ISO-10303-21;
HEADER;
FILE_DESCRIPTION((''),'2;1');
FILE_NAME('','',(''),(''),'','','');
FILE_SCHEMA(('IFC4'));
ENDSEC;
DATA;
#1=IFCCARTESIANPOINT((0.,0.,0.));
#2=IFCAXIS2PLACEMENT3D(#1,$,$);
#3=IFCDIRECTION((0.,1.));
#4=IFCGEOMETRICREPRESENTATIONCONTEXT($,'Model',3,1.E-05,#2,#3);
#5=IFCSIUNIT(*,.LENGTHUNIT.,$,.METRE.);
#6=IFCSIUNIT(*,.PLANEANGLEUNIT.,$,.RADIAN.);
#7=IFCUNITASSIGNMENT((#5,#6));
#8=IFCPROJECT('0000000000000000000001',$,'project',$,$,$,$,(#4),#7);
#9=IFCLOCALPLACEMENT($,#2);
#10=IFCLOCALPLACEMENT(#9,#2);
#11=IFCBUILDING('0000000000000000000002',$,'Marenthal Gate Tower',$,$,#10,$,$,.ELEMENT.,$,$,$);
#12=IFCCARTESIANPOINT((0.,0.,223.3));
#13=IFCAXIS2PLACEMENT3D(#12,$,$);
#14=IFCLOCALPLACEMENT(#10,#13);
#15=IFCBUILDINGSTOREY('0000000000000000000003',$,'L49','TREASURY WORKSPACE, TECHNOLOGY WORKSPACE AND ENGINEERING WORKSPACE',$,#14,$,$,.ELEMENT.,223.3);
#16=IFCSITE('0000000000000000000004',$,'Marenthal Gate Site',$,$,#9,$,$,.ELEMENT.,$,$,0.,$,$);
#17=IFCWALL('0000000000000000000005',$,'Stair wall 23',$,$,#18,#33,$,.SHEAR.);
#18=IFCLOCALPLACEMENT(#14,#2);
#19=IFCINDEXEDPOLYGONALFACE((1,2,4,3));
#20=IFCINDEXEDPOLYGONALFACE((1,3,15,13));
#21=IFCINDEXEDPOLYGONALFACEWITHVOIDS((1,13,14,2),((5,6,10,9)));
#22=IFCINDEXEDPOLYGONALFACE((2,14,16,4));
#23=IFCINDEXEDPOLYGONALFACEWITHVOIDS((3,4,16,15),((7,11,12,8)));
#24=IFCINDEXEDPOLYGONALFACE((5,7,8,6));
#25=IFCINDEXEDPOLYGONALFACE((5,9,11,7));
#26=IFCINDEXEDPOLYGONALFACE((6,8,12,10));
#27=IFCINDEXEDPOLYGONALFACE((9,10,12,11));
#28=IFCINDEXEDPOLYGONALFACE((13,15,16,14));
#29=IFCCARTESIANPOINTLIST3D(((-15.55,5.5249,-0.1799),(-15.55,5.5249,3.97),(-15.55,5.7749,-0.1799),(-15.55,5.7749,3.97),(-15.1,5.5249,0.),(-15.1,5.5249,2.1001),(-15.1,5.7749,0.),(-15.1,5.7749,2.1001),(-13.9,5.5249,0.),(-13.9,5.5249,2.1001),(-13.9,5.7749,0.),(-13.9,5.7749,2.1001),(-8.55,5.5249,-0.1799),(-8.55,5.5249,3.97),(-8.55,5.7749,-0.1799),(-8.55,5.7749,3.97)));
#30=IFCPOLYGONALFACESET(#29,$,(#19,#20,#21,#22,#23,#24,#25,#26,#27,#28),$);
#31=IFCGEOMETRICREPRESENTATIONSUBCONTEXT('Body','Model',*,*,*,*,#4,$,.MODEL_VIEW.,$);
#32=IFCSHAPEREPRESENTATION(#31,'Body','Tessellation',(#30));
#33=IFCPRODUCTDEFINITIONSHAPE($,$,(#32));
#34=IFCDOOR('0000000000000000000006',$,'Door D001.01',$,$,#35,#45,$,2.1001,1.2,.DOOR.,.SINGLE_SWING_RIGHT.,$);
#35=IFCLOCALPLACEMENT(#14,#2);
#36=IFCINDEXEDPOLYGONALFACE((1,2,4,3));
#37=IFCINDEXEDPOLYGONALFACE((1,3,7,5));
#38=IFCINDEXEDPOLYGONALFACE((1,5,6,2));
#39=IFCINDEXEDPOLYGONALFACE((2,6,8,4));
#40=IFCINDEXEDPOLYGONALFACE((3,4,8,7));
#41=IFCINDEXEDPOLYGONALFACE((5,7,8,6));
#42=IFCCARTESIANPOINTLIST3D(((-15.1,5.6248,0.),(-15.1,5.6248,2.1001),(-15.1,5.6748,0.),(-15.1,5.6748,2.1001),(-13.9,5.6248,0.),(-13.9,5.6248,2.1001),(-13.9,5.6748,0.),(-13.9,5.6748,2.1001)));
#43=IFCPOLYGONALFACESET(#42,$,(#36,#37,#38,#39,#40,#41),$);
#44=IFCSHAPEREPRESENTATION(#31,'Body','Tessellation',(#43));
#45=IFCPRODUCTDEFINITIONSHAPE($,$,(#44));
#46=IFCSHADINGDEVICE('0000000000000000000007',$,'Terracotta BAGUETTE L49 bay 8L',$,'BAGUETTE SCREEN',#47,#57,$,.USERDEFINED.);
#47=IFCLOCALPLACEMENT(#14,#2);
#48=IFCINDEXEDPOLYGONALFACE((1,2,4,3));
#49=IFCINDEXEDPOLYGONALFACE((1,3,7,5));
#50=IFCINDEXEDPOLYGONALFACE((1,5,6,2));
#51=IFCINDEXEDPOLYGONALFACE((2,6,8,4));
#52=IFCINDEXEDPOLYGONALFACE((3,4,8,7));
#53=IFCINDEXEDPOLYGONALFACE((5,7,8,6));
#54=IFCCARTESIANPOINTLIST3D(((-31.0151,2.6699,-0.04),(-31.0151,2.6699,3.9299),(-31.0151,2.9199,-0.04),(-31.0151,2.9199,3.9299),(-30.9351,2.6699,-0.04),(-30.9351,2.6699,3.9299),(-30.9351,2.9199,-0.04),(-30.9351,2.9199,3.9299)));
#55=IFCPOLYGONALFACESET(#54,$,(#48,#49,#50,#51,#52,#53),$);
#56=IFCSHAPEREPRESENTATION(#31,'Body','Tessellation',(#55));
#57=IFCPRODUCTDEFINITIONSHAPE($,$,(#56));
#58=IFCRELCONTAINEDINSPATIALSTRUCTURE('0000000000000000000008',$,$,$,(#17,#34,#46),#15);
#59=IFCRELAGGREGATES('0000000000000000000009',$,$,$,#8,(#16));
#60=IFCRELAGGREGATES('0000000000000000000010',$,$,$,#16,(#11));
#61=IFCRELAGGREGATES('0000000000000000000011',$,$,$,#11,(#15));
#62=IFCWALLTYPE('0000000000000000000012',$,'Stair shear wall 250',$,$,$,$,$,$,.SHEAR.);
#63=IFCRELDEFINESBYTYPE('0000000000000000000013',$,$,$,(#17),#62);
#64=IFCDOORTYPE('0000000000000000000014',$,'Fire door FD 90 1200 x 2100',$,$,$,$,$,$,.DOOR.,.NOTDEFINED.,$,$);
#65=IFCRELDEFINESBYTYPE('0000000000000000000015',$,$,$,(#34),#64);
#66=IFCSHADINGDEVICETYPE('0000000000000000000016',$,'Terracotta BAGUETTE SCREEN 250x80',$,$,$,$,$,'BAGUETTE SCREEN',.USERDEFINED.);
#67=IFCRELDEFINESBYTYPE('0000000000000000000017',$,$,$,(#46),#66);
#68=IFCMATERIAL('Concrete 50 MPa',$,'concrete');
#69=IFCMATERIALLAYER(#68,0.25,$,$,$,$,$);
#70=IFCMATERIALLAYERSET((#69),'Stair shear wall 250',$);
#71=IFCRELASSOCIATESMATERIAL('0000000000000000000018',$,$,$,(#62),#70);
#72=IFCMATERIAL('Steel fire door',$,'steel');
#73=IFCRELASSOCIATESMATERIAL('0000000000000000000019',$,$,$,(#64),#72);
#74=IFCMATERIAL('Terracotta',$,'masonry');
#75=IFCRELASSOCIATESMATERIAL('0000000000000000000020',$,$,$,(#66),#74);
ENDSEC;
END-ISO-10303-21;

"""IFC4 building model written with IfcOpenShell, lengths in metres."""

from ifc_helpers import new_model, si_unit, direction, frame, frame_2d, origin, origin_2d, place, context, subcontext, project, spatial, rectangle, extrude, material, layer, layer_set, material_profile, profile_set, type_object, element, fill, save


model = new_model("IFC4")

# Units and contexts
model_context = context("Model", 3, precision=1e-05, world=origin(), true_north=direction((0.0, 1.0)))
body_context = subcontext(model_context, "Body", "Model", "MODEL_VIEW")
ifc_project = project(units=[si_unit("LENGTHUNIT", "METRE"), si_unit("PLANEANGLEUNIT", "RADIAN")], contexts=[model_context])

# Site, building, storey
site_placement = place(None, origin())
site = spatial("IfcSite", under=ifc_project, at=site_placement, Name="Marenthal Gate Site", CompositionType="ELEMENT", RefElevation=0.0)
building_placement = place(site_placement, origin())
building = spatial("IfcBuilding", under=site, at=building_placement, Name="Marenthal Gate Tower", CompositionType="ELEMENT")
storey_placement = place(building_placement, frame((0.0, 0.0, 223.3)))
storey = spatial("IfcBuildingStorey", under=building, at=storey_placement, Name="L49", Description="TREASURY WORKSPACE, TECHNOLOGY WORKSPACE AND ENGINEERING WORKSPACE", CompositionType="ELEMENT", Elevation=223.3)

# Wall, opening, door
ifc_material_1 = material(Name="Concrete 50 MPa", Category="concrete")
ifc_layer_1 = layer(ifc_material_1, 0.25)
ifc_layer_set_1 = layer_set([ifc_layer_1], Name="Stair shear wall 250")
wall_type_1 = type_object("IfcWallType", Name="Stair shear wall 250", PredefinedType="SHEAR", material=ifc_layer_set_1)
wall_1_placement = place(storey_placement, frame((-15.55, 5.6499, -0.1799), z_axis=(0.0, 0.0, 1.0), x_axis=(1.0, 0.0, 0.0)))
wall_1 = element("IfcWall", 1, at=wall_1_placement, inside=storey, type_object=wall_type_1, Name="Stair wall 23", PredefinedType="SHEAR", context=body_context, shape_type="SweptSolid", body=[
    extrude(rectangle(XDim=7.0, YDim=0.25, at=frame_2d((3.5, 0.0))), origin(), (0.0, 0.0, 1.0), 4.1499),
])
opening_1_placement = place(wall_1_placement, frame((0.45, 0.0, 0.1799)))
opening_1 = element("IfcOpeningElement", 2, at=opening_1_placement, cuts=wall_1, PredefinedType="OPENING", context=body_context, shape_type="SweptSolid", body=[
    extrude(rectangle(XDim=1.2, YDim=2.1001, at=frame_2d((0.6001, 1.05))), frame((0.0, 0.135, 0.0), z_axis=(0.0, -1.0, 0.0), x_axis=(1.0, 0.0, 0.0)), (0.0, 0.0, 1.0), 0.27),
])
ifc_material_2 = material(Name="Steel fire door", Category="steel")
door_type_1 = type_object("IfcDoorType", Name="Fire door FD 90 1200 x 2100", OperationType="NOTDEFINED", PredefinedType="DOOR", material=ifc_material_2)
door_1_placement = place(opening_1_placement, origin())
door_1 = element("IfcDoor", 3, at=door_1_placement, inside=storey, type_object=door_type_1, Name="Door D001.01", OperationType="SINGLE_SWING_RIGHT", OverallHeight=2.1001, OverallWidth=1.2, PredefinedType="DOOR", context=body_context, shape_type="SweptSolid", body=[
    extrude(rectangle(XDim=1.2, YDim=2.1001, at=frame_2d((0.6001, 1.05))), frame((0.0, 0.0249, 0.0), z_axis=(0.0, -1.0, 0.0), x_axis=(1.0, 0.0, 0.0)), (0.0, 0.0, 1.0), 0.05),
])
fill(opening_1, door_1)

# Shading device
ifc_material_3 = material(Name="Terracotta", Category="masonry")
ifc_material_profile_1 = material_profile(ifc_material_3, rectangle(XDim=0.25, YDim=0.0801, at=origin_2d()), Name="Terracotta baguette 250x80")
ifc_profile_set_1 = profile_set([ifc_material_profile_1], Name="Terracotta")
shading_device_type = type_object("IfcShadingDeviceType", Name="Terracotta BAGUETTE SCREEN 250x80", ElementType="BAGUETTE SCREEN", PredefinedType="USERDEFINED", material=ifc_profile_set_1)
shading_device_placement = place(storey_placement, frame((-30.9751, 2.7949, -0.04), z_axis=(0.0, 0.0, 1.0), x_axis=(0.0, -1.0, 0.0)))
element("IfcShadingDevice", 4, at=shading_device_placement, inside=storey, type_object=shading_device_type, Name="Terracotta BAGUETTE L49 bay 8L", ObjectType="BAGUETTE SCREEN", PredefinedType="USERDEFINED", context=body_context, shape_type="SweptSolid", body=[
    extrude(rectangle(XDim=0.25, YDim=0.0801, at=origin_2d()), origin(), (0.0, 0.0, 1.0), 3.97),
])

save(model, "model.ifc")
